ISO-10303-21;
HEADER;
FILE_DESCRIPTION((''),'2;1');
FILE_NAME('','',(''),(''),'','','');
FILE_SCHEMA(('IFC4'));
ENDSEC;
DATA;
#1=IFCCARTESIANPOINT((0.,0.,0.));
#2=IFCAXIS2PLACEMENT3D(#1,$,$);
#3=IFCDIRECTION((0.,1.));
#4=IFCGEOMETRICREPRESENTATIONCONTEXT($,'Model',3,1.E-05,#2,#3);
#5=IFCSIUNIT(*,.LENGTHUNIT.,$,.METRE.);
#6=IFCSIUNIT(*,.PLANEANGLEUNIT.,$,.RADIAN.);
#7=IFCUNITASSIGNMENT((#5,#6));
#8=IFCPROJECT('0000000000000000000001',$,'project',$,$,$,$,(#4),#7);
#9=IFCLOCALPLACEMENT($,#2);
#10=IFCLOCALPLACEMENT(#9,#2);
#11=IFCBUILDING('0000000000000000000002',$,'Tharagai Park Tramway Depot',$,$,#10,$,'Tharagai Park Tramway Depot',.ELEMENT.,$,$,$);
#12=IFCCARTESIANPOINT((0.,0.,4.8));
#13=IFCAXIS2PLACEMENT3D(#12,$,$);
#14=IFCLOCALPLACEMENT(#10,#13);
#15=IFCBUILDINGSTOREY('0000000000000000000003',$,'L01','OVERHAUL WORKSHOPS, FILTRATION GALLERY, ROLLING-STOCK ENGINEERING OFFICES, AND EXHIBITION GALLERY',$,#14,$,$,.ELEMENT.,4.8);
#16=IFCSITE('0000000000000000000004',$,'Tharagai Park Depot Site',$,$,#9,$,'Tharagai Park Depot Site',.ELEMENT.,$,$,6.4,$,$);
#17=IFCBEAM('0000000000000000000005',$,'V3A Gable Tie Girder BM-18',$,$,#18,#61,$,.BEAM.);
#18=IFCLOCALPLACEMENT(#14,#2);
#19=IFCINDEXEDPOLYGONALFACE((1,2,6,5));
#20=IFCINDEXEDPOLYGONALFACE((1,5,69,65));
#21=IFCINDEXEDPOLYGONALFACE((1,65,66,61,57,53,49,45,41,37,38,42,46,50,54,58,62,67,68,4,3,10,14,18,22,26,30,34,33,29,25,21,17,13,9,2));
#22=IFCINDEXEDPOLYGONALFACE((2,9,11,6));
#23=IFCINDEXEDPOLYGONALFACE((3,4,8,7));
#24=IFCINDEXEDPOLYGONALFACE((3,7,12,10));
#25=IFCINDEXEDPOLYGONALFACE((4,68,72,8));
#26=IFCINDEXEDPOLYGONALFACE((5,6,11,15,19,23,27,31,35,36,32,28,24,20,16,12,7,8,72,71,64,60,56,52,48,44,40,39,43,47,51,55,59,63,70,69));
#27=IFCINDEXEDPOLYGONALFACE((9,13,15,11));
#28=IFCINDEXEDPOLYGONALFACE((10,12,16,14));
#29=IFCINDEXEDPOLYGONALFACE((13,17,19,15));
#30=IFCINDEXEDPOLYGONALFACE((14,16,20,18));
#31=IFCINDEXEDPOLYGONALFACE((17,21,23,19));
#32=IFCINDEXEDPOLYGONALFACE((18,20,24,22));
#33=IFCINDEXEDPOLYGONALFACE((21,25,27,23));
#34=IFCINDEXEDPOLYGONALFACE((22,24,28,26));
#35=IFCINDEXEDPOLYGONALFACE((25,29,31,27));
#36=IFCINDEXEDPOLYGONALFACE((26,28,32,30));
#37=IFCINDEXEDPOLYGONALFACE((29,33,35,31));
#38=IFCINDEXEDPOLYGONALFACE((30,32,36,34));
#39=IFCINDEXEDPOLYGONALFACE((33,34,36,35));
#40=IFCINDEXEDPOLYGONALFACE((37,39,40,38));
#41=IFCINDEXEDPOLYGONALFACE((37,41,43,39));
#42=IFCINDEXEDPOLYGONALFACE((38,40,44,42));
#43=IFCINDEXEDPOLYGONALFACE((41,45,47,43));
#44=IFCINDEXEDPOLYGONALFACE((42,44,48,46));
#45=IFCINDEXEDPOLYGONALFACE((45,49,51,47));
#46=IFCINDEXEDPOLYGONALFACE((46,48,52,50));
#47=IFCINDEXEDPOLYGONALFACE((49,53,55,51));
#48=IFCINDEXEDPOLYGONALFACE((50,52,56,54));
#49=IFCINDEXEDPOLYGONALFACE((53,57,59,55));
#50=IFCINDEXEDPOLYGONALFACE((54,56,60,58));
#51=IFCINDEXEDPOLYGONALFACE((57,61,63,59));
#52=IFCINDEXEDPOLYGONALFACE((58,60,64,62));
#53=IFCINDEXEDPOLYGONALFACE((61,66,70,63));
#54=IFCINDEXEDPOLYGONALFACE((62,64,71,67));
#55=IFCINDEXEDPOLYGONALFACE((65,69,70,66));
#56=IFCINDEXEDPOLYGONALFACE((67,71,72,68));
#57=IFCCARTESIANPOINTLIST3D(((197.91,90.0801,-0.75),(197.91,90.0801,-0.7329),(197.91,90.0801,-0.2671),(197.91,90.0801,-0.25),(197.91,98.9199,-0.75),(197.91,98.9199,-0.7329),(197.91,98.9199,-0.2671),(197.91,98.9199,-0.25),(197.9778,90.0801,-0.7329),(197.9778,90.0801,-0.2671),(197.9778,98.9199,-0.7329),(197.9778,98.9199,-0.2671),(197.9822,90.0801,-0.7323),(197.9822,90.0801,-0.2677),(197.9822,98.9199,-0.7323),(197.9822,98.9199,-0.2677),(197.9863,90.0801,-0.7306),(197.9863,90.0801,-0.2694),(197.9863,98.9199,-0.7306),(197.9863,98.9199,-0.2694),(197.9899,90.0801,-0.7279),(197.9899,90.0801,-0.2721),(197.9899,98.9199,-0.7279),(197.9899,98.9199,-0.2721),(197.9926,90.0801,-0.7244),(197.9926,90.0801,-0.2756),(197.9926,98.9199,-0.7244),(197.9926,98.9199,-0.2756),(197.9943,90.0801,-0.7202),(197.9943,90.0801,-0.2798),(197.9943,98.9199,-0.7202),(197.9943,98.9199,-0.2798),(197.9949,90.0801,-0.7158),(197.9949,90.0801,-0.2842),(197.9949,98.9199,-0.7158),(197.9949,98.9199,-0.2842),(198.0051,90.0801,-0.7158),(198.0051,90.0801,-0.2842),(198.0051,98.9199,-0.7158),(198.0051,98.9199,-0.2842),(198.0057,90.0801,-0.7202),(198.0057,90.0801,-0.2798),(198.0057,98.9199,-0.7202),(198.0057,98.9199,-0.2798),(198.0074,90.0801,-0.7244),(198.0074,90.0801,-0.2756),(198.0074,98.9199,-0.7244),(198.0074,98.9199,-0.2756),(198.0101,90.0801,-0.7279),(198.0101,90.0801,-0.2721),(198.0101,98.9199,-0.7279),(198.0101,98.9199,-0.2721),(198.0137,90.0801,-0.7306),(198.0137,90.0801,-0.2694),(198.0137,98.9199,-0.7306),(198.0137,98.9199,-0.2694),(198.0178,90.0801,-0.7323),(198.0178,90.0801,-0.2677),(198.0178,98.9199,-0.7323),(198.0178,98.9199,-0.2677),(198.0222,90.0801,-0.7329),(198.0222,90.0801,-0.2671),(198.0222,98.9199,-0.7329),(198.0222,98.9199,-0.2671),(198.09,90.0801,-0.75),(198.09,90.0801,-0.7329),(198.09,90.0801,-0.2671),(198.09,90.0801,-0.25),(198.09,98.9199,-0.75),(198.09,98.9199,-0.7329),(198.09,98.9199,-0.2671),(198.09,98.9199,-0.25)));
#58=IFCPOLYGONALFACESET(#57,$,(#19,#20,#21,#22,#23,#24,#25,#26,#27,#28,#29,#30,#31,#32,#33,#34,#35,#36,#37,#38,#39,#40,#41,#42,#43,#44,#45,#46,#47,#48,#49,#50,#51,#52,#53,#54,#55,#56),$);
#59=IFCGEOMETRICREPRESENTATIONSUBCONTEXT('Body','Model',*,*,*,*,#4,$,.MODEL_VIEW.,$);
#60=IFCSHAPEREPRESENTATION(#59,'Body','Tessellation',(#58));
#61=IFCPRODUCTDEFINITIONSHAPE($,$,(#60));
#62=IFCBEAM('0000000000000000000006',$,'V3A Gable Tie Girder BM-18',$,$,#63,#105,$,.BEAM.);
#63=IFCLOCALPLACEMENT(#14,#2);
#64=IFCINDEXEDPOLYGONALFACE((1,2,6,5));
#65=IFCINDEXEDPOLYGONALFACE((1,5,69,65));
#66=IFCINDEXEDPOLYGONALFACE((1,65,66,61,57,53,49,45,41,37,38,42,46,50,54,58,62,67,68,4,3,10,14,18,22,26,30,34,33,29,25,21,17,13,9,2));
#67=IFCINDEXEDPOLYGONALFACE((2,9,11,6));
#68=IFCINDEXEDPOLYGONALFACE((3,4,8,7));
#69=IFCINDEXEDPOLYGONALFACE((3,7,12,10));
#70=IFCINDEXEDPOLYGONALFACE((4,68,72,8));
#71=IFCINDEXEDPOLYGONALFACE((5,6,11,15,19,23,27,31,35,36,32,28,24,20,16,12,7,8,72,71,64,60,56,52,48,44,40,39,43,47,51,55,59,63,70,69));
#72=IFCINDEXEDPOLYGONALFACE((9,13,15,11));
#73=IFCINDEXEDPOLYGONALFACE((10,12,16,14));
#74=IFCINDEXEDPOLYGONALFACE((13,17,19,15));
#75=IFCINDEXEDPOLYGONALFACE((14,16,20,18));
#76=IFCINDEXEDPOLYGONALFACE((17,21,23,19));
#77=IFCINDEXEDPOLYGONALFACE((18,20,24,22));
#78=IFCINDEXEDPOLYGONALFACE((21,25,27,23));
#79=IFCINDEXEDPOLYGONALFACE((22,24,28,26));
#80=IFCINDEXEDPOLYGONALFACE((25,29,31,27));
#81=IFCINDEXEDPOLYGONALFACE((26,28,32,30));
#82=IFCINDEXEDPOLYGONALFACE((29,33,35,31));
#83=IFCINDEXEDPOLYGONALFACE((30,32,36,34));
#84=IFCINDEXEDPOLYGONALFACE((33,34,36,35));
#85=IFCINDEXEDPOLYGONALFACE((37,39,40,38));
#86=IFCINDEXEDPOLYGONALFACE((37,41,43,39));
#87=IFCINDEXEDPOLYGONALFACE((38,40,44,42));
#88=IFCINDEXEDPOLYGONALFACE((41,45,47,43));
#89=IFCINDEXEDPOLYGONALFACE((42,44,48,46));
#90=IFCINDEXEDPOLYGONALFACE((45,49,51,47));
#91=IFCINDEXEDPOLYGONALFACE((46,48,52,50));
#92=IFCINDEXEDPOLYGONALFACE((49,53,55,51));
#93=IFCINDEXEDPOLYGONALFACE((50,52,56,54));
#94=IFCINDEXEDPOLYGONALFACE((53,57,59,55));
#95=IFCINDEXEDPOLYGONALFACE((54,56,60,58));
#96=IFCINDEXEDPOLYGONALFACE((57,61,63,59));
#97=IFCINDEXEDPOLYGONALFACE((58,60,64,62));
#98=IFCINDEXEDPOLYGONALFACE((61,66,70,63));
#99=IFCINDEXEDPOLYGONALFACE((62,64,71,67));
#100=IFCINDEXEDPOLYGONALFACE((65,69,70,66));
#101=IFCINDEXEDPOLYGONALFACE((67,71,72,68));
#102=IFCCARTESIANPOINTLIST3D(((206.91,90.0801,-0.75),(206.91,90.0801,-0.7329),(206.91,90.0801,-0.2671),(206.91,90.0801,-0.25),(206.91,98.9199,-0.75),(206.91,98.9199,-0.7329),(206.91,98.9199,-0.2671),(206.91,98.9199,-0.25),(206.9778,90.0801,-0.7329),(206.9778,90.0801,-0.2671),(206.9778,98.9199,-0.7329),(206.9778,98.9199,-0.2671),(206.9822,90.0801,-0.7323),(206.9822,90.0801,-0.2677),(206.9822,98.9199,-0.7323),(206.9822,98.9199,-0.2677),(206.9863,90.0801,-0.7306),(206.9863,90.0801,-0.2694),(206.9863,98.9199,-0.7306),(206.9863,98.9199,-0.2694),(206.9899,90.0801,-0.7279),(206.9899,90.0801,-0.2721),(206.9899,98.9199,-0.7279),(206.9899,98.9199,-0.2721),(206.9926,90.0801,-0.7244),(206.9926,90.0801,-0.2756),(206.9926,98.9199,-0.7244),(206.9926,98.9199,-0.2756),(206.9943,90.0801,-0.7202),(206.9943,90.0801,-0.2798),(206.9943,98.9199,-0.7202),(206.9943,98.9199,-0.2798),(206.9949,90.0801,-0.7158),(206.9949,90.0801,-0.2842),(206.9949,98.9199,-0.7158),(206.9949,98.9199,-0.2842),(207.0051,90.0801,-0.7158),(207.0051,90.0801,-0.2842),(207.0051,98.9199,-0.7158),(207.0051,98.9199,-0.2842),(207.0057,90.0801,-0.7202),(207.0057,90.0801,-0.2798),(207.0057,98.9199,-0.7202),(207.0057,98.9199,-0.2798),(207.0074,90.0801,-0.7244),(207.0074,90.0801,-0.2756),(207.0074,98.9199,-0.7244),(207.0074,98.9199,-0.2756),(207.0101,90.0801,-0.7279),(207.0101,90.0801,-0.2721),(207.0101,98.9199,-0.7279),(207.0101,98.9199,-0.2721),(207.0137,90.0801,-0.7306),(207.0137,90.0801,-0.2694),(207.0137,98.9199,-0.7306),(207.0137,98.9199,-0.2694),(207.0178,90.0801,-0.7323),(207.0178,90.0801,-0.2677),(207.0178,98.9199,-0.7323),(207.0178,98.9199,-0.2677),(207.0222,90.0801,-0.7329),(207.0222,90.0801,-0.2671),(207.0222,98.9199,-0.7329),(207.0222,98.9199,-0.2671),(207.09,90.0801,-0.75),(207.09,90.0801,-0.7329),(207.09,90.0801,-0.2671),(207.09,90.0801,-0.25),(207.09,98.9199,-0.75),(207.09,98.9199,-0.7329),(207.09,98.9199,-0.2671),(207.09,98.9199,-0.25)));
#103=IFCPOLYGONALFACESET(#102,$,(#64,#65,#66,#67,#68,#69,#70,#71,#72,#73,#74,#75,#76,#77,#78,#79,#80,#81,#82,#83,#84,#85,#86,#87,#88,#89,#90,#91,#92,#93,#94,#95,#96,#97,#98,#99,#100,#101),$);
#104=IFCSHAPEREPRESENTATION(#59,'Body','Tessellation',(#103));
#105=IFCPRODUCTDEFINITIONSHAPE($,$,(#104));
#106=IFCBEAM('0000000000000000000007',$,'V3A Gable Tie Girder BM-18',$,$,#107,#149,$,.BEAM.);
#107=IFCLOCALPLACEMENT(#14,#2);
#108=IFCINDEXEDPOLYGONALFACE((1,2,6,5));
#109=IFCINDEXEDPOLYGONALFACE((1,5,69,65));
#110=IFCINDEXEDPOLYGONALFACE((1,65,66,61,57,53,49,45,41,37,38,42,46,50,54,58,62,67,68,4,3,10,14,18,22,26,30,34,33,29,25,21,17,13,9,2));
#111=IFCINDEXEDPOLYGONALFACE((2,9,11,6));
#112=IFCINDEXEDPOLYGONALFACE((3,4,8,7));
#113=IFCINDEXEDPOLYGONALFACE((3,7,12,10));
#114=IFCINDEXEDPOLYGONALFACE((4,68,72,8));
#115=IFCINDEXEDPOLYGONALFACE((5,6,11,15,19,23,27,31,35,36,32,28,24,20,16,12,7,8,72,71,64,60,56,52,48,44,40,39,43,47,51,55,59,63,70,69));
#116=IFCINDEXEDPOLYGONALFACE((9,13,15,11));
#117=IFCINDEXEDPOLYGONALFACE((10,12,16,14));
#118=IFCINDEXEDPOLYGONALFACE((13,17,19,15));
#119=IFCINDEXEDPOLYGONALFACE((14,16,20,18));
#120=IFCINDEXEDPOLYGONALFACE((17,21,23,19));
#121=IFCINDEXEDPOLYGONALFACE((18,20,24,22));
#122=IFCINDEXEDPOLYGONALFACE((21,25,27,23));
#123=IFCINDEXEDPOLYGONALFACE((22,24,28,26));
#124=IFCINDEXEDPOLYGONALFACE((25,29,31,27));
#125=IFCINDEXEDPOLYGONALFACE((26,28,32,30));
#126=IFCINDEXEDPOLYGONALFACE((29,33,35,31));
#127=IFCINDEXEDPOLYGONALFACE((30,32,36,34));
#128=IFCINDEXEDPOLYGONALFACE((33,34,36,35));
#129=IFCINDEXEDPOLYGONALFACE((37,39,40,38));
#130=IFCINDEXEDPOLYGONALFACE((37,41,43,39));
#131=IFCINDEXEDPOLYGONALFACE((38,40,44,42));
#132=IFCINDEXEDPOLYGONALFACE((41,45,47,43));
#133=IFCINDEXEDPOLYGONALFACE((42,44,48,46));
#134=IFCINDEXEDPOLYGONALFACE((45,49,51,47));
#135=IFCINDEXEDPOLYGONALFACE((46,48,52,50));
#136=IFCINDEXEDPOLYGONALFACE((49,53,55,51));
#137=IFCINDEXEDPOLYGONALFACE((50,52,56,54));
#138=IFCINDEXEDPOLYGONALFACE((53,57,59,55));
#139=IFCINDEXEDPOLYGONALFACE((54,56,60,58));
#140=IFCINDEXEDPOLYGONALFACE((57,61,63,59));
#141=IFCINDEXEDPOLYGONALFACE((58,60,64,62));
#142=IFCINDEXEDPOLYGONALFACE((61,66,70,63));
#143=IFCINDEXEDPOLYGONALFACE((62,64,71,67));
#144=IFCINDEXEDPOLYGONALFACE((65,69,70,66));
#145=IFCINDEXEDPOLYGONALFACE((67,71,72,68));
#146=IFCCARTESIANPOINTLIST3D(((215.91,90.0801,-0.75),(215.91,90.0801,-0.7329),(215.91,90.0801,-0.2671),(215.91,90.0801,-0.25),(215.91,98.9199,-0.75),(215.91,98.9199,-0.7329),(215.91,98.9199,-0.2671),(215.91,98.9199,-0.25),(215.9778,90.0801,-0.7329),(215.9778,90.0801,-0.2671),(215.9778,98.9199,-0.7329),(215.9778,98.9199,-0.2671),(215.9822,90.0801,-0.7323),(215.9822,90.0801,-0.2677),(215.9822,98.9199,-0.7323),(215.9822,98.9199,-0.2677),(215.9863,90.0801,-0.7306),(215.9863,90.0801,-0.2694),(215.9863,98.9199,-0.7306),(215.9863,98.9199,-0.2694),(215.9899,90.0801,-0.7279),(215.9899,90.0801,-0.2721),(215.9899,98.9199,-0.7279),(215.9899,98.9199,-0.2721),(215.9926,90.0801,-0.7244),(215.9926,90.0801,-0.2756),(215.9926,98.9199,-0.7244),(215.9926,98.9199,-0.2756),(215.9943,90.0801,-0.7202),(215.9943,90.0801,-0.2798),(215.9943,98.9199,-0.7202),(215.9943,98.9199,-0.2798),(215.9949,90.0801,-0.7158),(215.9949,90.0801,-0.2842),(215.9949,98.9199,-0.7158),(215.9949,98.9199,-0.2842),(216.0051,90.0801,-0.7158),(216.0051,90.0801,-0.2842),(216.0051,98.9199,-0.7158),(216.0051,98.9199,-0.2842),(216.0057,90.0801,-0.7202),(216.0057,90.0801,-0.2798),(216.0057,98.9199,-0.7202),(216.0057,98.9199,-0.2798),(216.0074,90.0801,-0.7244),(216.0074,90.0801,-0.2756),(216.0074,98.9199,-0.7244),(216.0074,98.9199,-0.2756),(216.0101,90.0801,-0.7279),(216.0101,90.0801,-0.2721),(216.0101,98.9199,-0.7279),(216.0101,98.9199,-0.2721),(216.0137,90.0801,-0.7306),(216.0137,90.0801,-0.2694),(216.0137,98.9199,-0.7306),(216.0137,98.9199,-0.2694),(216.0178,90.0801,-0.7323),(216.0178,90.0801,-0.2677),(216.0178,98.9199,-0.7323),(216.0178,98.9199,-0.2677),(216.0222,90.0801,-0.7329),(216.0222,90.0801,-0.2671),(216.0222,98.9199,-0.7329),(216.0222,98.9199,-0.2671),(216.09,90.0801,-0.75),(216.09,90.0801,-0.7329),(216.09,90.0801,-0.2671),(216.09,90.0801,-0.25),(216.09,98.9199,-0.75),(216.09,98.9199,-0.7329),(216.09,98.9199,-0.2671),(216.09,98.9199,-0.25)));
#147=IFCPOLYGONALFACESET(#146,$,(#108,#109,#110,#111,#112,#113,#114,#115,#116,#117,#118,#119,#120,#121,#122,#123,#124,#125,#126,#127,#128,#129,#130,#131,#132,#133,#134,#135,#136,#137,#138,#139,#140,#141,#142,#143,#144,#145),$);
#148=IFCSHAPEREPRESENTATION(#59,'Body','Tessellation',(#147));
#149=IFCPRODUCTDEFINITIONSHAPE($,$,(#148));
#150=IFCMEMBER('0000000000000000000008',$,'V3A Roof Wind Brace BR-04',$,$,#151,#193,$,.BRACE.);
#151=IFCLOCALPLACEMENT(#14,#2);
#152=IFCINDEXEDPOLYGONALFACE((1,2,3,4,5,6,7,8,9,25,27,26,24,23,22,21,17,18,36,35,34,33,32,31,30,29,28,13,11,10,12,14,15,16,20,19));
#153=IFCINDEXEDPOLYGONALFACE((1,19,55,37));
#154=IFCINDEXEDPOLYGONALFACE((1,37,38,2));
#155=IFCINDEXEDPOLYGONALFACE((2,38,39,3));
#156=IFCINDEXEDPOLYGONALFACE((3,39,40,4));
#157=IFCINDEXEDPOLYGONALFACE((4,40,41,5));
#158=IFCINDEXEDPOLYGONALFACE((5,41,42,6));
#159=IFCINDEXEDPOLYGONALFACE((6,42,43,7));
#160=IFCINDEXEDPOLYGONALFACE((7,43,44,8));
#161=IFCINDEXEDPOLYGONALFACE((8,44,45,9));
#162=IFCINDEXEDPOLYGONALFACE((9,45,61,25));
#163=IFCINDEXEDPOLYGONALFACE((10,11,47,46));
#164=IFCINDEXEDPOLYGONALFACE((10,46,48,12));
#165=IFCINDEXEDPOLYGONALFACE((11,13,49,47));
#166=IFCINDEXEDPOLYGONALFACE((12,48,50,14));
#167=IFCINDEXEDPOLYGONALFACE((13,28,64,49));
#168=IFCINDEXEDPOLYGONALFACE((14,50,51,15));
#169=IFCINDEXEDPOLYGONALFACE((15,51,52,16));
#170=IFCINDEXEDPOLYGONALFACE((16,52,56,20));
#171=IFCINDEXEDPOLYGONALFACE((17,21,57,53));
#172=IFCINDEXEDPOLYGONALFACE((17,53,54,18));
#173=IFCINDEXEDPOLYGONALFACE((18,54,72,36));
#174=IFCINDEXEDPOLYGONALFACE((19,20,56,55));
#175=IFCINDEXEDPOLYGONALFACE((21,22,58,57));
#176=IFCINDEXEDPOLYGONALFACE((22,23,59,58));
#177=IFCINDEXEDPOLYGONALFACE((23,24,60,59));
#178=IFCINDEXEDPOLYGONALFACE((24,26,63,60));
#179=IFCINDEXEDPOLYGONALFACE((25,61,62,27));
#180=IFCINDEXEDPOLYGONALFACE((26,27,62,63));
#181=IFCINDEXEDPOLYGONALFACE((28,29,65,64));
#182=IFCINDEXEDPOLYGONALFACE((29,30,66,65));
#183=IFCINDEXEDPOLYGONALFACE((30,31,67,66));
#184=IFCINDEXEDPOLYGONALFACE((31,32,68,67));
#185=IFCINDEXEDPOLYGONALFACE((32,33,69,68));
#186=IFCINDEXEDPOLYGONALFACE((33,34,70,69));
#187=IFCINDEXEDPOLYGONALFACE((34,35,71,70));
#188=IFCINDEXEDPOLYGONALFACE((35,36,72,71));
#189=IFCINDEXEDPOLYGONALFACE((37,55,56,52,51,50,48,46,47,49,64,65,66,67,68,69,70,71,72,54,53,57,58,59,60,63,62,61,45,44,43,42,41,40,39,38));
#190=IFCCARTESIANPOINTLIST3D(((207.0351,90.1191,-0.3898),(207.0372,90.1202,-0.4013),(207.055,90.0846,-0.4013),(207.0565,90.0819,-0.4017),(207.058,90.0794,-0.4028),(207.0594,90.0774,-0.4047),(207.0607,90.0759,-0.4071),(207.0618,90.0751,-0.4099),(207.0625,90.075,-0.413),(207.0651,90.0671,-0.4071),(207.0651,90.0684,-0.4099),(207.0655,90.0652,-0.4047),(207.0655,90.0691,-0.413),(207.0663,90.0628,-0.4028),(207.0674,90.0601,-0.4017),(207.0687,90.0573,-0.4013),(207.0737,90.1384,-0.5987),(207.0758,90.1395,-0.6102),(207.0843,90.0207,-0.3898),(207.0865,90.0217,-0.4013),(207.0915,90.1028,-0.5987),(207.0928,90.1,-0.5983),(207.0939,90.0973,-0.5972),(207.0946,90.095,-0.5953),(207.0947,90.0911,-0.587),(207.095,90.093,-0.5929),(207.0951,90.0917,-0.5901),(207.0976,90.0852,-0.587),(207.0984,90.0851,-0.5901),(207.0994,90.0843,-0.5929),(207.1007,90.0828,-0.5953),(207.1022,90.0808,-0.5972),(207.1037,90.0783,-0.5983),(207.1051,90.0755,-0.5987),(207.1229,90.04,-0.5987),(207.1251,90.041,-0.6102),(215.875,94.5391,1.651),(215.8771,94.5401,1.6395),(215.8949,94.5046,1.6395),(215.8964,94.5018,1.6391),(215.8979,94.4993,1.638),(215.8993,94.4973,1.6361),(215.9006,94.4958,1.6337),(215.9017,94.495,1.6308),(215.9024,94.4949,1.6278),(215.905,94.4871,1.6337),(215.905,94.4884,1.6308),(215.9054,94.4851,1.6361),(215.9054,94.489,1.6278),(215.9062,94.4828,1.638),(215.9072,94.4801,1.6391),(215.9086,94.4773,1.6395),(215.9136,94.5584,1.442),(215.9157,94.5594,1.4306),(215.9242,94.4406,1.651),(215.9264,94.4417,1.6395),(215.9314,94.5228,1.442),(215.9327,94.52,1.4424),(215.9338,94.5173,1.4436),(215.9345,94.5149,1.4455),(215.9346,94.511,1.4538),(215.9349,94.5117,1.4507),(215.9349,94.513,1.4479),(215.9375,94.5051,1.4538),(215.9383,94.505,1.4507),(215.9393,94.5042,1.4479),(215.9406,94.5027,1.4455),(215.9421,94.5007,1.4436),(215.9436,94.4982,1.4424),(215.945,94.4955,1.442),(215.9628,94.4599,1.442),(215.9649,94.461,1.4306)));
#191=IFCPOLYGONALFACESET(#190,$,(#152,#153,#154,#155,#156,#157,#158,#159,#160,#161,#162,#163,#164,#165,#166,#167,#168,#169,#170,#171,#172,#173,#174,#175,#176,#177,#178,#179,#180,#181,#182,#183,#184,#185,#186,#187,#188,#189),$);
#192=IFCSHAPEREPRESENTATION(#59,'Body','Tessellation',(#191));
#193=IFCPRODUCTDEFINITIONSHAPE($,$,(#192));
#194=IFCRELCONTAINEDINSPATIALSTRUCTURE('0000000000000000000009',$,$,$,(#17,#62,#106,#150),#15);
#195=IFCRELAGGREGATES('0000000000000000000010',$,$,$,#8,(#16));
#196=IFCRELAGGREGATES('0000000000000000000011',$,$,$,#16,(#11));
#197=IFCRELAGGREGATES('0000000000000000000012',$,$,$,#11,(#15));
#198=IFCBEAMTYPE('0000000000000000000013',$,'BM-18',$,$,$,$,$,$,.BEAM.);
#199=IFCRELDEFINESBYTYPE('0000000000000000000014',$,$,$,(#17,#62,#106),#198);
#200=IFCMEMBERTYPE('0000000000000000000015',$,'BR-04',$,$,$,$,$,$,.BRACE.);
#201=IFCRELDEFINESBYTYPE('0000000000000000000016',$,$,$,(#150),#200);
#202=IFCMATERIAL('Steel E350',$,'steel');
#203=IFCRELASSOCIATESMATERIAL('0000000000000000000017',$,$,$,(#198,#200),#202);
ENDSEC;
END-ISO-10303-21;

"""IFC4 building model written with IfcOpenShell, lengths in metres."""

from ifc_helpers import new_model, si_unit, direction, frame, origin, origin_2d, place, context, subcontext, project, spatial, i_section, extrude, material, material_profile, profile_set, type_object, element, save


model = new_model("IFC4")

# Units and contexts
model_context = context("Model", 3, precision=1e-05, world=origin(), true_north=direction((0.0, 1.0)))
body_context = subcontext(model_context, "Body", "Model", "MODEL_VIEW")
ifc_project = project(units=[si_unit("LENGTHUNIT", "METRE"), si_unit("PLANEANGLEUNIT", "RADIAN")], contexts=[model_context])

# Site, building, storey
site_placement = place(None, origin())
site = spatial("IfcSite", under=ifc_project, at=site_placement, Name="Tharagai Park Depot Site", LongName="Tharagai Park Depot Site", CompositionType="ELEMENT", RefElevation=6.4)
building_placement = place(site_placement, origin())
building = spatial("IfcBuilding", under=site, at=building_placement, Name="Tharagai Park Tramway Depot", LongName="Tharagai Park Tramway Depot", CompositionType="ELEMENT")
storey_placement = place(building_placement, frame((0.0, 0.0, 4.8)))
storey = spatial("IfcBuildingStorey", under=building, at=storey_placement, Name="L01", Description="OVERHAUL WORKSHOPS, FILTRATION GALLERY, ROLLING-STOCK ENGINEERING OFFICES, AND EXHIBITION GALLERY", CompositionType="ELEMENT", Elevation=4.8)

# Beams
ifc_material_1 = material(Name="Steel E350", Category="steel")
ifc_material_profile_1 = material_profile(ifc_material_1, i_section(OverallWidth=0.1799, OverallDepth=0.5, WebThickness=0.0103, FlangeThickness=0.0171, FilletRadius=0.0171, at=origin_2d()), Name="ISMB 500")
ifc_profile_set_1 = profile_set([ifc_material_profile_1], Name="Steel E350")
beam_type_1 = type_object("IfcBeamType", Name="BM-18", PredefinedType="BEAM", material=ifc_profile_set_1)
for number, where, z_axis, x_axis, name in (
    (1, (198.0, 90.0801, -0.5), (0.0, 1.0, 0.0), (-1.0, 0.0, 0.0), "V3A Gable Tie Girder BM-18"),
    (2, (207.0, 90.0801, -0.5), (0.0, 1.0, 0.0), (-1.0, 0.0, 0.0), "V3A Gable Tie Girder BM-18"),
    (3, (216.0, 90.0801, -0.5), (0.0, 1.0, 0.0), (-1.0, 0.0, 0.0), "V3A Gable Tie Girder BM-18"),
):
    element("IfcBeam", number, at=place(storey_placement, frame(where, z_axis=z_axis, x_axis=x_axis)), inside=storey, type_object=beam_type_1, Name=name, PredefinedType="BEAM", context=body_context, shape_type="SweptSolid", body=[
        extrude(i_section(OverallWidth=0.1799, OverallDepth=0.5, WebThickness=0.0103, FlangeThickness=0.0171, FilletRadius=0.0171, at=origin_2d()), origin(), (0.0, 0.0, 1.0), 8.8398),
    ])

# Member
ifc_material_profile_2 = material_profile(ifc_material_1, i_section(OverallWidth=0.1101, OverallDepth=0.2251, WebThickness=0.0066, FlangeThickness=0.0117, FilletRadius=0.012, at=origin_2d()), Name="ISMB 225")
ifc_profile_set_2 = profile_set([ifc_material_profile_2], Name="Steel E350")
member_type_1 = type_object("IfcMemberType", Name="BR-04", PredefinedType="BRACE", material=ifc_profile_set_2)
member_1_placement = place(storey_placement, frame((207.0801, 90.0801, -0.5), z_axis=(0.875948, 0.437974, 0.202222), x_axis=(-0.447214, 0.894427, 0.0)))
element("IfcMember", 4, at=member_1_placement, inside=storey, type_object=member_type_1, Name="V3A Roof Wind Brace BR-04", PredefinedType="BRACE", context=body_context, shape_type="SweptSolid", body=[
    extrude(i_section(OverallWidth=0.1101, OverallDepth=0.2251, WebThickness=0.0066, FlangeThickness=0.0117, FilletRadius=0.012, at=origin_2d()), origin(), (0.0, 0.0, 1.0), 10.0918),
])

save(model, "model.ifc")
